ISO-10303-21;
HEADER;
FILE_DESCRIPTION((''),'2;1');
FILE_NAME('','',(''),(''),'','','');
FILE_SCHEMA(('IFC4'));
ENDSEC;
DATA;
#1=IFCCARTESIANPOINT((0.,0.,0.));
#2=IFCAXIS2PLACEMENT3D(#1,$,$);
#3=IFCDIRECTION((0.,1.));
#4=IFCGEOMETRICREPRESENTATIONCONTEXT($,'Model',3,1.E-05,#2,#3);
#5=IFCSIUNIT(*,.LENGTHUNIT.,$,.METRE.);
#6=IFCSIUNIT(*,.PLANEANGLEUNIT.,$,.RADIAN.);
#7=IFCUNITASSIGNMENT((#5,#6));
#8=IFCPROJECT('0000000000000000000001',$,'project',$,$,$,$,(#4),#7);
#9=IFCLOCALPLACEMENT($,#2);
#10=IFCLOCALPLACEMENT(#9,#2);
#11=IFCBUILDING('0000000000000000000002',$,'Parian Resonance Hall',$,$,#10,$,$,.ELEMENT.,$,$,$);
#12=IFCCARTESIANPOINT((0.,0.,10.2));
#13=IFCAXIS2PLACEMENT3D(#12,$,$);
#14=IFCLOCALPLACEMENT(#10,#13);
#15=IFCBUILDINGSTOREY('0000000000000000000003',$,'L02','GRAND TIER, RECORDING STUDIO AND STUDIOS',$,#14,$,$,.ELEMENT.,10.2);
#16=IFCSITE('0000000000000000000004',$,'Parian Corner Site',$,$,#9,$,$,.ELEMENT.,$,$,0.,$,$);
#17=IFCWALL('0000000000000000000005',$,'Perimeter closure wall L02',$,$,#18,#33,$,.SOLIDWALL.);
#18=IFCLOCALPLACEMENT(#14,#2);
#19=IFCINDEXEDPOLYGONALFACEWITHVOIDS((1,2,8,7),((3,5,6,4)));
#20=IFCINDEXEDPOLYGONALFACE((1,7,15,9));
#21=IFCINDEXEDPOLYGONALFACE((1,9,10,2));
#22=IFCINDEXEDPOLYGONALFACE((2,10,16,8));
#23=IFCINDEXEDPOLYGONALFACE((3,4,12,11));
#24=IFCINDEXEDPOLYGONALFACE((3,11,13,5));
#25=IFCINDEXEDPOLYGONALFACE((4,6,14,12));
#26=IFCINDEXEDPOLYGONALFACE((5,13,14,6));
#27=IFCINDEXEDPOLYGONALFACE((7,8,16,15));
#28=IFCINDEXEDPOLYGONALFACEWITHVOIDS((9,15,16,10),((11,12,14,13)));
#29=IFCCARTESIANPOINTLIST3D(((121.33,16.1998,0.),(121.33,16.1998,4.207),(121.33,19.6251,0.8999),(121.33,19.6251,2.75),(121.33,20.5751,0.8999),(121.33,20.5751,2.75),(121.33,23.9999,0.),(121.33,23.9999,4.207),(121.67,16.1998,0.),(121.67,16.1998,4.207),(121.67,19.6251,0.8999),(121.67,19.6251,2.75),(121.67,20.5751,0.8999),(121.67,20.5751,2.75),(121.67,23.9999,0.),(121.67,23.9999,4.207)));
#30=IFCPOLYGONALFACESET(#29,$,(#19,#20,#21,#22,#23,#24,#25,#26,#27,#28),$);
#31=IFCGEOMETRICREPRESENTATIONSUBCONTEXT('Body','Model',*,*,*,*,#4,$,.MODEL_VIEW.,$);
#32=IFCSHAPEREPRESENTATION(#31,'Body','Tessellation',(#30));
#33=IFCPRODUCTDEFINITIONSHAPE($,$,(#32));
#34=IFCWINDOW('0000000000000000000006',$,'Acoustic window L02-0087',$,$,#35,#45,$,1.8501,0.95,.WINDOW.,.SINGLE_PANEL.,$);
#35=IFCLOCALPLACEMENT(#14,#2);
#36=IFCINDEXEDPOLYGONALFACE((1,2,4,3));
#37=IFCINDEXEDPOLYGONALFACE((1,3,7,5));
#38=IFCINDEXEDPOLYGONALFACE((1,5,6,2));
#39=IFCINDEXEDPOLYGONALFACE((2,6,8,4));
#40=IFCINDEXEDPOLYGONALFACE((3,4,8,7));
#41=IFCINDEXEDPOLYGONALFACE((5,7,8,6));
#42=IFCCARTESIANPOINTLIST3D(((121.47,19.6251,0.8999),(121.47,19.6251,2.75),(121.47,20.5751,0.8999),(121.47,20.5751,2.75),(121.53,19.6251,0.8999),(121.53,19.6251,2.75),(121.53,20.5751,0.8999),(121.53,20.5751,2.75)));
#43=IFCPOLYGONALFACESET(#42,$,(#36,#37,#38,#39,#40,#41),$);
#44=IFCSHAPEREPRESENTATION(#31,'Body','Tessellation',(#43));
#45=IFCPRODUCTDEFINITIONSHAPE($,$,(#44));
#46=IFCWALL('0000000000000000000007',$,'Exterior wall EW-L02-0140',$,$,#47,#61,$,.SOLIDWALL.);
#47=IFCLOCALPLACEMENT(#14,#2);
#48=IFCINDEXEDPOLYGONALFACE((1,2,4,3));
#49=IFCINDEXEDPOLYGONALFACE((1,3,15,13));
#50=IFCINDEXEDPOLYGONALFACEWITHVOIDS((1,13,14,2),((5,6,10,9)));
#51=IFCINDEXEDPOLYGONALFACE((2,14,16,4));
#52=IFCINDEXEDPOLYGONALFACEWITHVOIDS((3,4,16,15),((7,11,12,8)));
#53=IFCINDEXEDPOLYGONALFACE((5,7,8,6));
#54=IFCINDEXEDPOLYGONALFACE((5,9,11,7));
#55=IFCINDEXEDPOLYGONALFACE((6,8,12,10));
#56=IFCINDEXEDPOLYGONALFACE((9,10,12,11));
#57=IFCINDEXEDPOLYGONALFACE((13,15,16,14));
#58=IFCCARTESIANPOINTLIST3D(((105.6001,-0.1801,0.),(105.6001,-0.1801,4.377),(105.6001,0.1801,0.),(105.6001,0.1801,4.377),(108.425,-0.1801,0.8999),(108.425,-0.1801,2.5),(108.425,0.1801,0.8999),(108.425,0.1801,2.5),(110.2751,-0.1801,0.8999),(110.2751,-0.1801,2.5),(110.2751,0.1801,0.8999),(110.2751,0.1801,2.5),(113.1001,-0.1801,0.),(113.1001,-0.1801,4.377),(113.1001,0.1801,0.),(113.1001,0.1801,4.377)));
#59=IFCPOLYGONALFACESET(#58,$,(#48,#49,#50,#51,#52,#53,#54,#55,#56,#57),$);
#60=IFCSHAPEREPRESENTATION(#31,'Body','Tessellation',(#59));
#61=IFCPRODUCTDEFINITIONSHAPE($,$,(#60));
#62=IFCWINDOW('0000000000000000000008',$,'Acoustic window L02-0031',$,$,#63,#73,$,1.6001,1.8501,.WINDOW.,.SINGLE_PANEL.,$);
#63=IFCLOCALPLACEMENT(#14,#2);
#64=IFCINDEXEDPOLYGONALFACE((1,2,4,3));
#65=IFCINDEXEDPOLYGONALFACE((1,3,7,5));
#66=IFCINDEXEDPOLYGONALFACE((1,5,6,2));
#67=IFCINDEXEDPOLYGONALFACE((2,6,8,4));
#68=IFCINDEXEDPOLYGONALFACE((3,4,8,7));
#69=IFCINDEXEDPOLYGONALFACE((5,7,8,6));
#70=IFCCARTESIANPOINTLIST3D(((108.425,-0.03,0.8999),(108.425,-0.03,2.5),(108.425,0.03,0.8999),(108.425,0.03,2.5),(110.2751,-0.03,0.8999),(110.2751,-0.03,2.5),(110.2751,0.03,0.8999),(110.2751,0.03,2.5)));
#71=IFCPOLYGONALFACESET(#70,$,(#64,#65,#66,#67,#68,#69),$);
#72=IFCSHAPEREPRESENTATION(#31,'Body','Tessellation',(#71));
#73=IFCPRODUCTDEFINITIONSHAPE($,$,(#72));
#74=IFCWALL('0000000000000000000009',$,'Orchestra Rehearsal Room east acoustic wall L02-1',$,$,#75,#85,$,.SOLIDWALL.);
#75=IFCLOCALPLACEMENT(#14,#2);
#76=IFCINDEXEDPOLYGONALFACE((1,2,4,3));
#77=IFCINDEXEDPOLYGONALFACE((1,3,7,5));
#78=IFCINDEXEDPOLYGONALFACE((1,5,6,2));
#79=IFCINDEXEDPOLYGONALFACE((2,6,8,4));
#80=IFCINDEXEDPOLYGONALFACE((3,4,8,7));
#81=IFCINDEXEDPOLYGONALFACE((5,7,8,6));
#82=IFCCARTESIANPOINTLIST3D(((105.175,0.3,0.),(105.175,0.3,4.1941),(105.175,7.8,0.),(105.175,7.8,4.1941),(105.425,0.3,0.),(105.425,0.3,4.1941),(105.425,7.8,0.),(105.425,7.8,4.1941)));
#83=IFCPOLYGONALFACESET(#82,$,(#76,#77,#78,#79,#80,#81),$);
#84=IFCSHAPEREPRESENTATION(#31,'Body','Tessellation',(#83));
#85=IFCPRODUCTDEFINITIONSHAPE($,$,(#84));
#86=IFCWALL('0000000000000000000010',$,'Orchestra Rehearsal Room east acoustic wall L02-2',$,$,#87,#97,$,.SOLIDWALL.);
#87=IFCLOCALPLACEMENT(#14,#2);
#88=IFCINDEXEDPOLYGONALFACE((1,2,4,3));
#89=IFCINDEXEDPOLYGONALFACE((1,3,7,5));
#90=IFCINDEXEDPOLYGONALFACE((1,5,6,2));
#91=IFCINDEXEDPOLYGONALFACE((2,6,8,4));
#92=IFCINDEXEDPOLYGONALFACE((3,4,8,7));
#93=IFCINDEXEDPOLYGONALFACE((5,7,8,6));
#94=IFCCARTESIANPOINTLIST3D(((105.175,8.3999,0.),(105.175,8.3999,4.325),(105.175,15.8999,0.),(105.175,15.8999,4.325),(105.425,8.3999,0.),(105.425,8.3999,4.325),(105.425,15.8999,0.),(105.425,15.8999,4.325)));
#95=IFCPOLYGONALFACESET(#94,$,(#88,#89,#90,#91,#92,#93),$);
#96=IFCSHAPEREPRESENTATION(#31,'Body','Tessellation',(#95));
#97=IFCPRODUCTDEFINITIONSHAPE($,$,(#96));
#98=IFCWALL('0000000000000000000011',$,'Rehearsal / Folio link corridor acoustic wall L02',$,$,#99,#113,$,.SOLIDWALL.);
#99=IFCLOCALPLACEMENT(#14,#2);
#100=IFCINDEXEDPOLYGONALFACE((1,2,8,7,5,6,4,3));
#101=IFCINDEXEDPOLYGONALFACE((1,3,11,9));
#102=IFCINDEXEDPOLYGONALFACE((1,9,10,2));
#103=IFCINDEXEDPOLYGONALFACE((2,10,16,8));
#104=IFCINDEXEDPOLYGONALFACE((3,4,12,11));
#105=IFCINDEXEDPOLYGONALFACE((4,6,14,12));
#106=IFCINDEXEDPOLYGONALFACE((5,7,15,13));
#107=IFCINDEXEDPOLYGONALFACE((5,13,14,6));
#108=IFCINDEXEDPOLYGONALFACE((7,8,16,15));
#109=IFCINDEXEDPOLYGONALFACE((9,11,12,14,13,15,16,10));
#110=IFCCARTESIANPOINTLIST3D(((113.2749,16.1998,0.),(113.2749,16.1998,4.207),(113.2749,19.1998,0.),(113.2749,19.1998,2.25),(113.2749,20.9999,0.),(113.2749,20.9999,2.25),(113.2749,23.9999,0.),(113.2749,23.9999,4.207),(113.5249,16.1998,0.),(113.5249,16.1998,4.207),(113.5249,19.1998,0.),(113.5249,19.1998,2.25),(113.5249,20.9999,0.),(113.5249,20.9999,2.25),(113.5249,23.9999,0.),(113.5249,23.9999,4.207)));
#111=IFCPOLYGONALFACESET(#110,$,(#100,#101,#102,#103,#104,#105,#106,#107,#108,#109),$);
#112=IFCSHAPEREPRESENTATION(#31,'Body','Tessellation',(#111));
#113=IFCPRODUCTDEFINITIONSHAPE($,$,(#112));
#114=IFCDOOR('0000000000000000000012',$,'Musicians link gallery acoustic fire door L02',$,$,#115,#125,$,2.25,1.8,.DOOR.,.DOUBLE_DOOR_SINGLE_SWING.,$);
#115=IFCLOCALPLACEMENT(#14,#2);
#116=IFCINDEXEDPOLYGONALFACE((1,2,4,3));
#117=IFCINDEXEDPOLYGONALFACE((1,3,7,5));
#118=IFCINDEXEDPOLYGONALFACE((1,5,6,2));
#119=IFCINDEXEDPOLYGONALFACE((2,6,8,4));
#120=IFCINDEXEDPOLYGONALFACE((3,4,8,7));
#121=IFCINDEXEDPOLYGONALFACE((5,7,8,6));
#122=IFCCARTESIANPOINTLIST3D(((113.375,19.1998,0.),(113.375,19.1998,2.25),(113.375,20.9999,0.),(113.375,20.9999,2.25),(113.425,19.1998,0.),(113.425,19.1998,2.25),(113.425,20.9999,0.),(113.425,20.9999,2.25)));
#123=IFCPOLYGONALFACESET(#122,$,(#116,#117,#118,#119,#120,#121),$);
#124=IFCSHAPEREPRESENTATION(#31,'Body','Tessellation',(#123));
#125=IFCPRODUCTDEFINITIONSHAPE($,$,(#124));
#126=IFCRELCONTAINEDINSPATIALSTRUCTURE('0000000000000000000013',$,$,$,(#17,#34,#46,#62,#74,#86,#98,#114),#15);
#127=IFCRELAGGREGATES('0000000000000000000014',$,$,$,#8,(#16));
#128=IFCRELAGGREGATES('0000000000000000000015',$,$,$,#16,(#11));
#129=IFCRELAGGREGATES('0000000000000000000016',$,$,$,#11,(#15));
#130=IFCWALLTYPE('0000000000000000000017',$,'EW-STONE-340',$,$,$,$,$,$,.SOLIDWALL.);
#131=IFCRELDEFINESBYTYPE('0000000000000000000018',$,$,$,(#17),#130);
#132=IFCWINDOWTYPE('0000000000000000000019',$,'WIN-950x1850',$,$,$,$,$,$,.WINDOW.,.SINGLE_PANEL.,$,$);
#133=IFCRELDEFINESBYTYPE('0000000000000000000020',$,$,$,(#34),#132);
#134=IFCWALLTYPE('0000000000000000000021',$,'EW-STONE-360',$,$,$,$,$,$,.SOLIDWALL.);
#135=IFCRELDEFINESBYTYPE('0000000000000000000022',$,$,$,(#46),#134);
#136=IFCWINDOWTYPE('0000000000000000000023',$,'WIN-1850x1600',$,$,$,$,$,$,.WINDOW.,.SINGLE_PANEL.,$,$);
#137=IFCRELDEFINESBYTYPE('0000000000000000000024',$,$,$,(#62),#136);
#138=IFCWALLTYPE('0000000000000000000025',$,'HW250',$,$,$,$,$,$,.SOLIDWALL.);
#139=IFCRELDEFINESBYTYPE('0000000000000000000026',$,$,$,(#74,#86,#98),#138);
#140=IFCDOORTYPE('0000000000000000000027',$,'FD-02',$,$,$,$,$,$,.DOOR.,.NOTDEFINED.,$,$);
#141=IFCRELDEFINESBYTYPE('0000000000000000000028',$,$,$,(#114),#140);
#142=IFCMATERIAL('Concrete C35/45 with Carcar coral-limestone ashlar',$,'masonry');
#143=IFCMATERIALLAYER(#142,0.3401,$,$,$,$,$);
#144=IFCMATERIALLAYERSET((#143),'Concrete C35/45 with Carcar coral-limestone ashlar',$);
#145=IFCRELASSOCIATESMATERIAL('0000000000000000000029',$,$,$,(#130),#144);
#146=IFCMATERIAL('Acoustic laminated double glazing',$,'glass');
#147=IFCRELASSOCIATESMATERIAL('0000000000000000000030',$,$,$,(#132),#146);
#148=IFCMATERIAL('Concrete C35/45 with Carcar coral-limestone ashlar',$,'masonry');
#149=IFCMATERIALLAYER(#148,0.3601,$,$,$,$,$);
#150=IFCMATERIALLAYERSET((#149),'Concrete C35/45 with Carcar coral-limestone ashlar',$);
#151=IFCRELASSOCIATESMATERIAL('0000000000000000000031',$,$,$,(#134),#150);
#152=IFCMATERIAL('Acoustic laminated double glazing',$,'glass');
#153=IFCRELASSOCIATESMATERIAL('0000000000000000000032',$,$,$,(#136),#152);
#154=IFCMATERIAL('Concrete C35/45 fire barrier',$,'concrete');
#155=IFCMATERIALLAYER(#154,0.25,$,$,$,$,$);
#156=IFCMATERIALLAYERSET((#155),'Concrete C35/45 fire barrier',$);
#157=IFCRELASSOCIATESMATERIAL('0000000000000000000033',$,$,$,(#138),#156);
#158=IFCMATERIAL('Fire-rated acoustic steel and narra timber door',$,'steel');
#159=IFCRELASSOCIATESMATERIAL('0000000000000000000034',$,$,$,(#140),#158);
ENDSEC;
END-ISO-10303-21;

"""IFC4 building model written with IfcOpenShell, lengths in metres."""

from ifc_helpers import new_model, si_unit, direction, frame, frame_2d, origin, place, context, subcontext, project, spatial, rectangle, extrude, material, layer, layer_set, type_object, element, fill, save


model = new_model("IFC4")

# Units and contexts
model_context = context("Model", 3, precision=1e-05, world=origin(), true_north=direction((0.0, 1.0)))
body_context = subcontext(model_context, "Body", "Model", "MODEL_VIEW")
ifc_project = project(units=[si_unit("LENGTHUNIT", "METRE"), si_unit("PLANEANGLEUNIT", "RADIAN")], contexts=[model_context])

# Site, building, storey
site_placement = place(None, origin())
site = spatial("IfcSite", under=ifc_project, at=site_placement, Name="Parian Corner Site", CompositionType="ELEMENT", RefElevation=0.0)
building_placement = place(site_placement, origin())
building = spatial("IfcBuilding", under=site, at=building_placement, Name="Parian Resonance Hall", CompositionType="ELEMENT")
storey_placement = place(building_placement, frame((0.0, 0.0, 10.2)))
storey = spatial("IfcBuildingStorey", under=building, at=storey_placement, Name="L02", Description="GRAND TIER, RECORDING STUDIO AND STUDIOS", CompositionType="ELEMENT", Elevation=10.2)

# Walls, openings, windows
ifc_material_1 = material(Name="Concrete C35/45 with Carcar coral-limestone ashlar", Category="masonry")
ifc_layer_1 = layer(ifc_material_1, 0.3401)
ifc_layer_set_1 = layer_set([ifc_layer_1], Name="Concrete C35/45 with Carcar coral-limestone ashlar")
wall_type_1 = type_object("IfcWallType", Name="EW-STONE-340", PredefinedType="SOLIDWALL", material=ifc_layer_set_1)
wall_1_placement = place(storey_placement, frame((121.5, 16.2, 0.0), z_axis=(0.0, 0.0, 1.0), x_axis=(0.0, 1.0, 0.0)))
wall_1 = element("IfcWall", 1, at=wall_1_placement, inside=storey, type_object=wall_type_1, Name="Perimeter closure wall L02", PredefinedType="SOLIDWALL", context=body_context, shape_type="SweptSolid", body=[
    extrude(rectangle(XDim=7.8, YDim=0.3401, at=frame_2d((3.8999, 0.0))), origin(), (0.0, 0.0, 1.0), 4.207),
])
opening_1_placement = place(wall_1_placement, frame((3.425, 0.0, 0.8999)))
opening_1 = element("IfcOpeningElement", 2, at=opening_1_placement, cuts=wall_1, PredefinedType="OPENING", context=body_context, shape_type="SweptSolid", body=[
    extrude(rectangle(XDim=0.95, YDim=1.8501, at=frame_2d((0.4751, 0.925))), frame((0.0, 0.1799, 0.0), z_axis=(0.0, -1.0, 0.0), x_axis=(1.0, 0.0, 0.0)), (0.0, 0.0, 1.0), 0.3601),
])
ifc_material_2 = material(Name="Acoustic laminated double glazing", Category="glass")
window_type_1 = type_object("IfcWindowType", Name="WIN-950x1850", PartitioningType="SINGLE_PANEL", PredefinedType="WINDOW", material=ifc_material_2)
window_1_placement = place(opening_1_placement, origin())
window_1 = element("IfcWindow", 3, at=window_1_placement, inside=storey, type_object=window_type_1, Name="Acoustic window L02-0087", OverallHeight=1.8501, OverallWidth=0.95, PartitioningType="SINGLE_PANEL", PredefinedType="WINDOW", context=body_context, shape_type="SweptSolid", body=[
    extrude(rectangle(XDim=0.95, YDim=1.8501, at=frame_2d((0.4751, 0.925))), frame((0.0, 0.03, 0.0), z_axis=(0.0, -1.0, 0.0), x_axis=(1.0, 0.0, 0.0)), (0.0, 0.0, 1.0), 0.0601),
])
fill(opening_1, window_1)
ifc_material_3 = material(Name="Concrete C35/45 with Carcar coral-limestone ashlar", Category="masonry")
ifc_layer_2 = layer(ifc_material_3, 0.3601)
ifc_layer_set_2 = layer_set([ifc_layer_2], Name="Concrete C35/45 with Carcar coral-limestone ashlar")
wall_type_2 = type_object("IfcWallType", Name="EW-STONE-360", PredefinedType="SOLIDWALL", material=ifc_layer_set_2)
wall_2_placement = place(storey_placement, frame((113.1001, 0.0, 0.0), z_axis=(0.0, 0.0, 1.0), x_axis=(-1.0, 0.0, 0.0)))
wall_2 = element("IfcWall", 4, at=wall_2_placement, inside=storey, type_object=wall_type_2, Name="Exterior wall EW-L02-0140", PredefinedType="SOLIDWALL", context=body_context, shape_type="SweptSolid", body=[
    extrude(rectangle(XDim=7.5, YDim=0.3601, at=frame_2d((3.75, 0.0))), origin(), (0.0, 0.0, 1.0), 4.377),
])
opening_2_placement = place(wall_2_placement, frame((2.825, 0.0, 0.8999)))
opening_2 = element("IfcOpeningElement", 5, at=opening_2_placement, cuts=wall_2, PredefinedType="OPENING", context=body_context, shape_type="SweptSolid", body=[
    extrude(rectangle(XDim=1.8501, YDim=1.6001, at=frame_2d((0.925, 0.8))), frame((0.0, 0.1899, 0.0), z_axis=(0.0, -1.0, 0.0), x_axis=(1.0, 0.0, 0.0)), (0.0, 0.0, 1.0), 0.3801),
])
ifc_material_4 = material(Name="Acoustic laminated double glazing", Category="glass")
window_type_2 = type_object("IfcWindowType", Name="WIN-1850x1600", PartitioningType="SINGLE_PANEL", PredefinedType="WINDOW", material=ifc_material_4)
window_2_placement = place(opening_2_placement, origin())
window_2 = element("IfcWindow", 6, at=window_2_placement, inside=storey, type_object=window_type_2, Name="Acoustic window L02-0031", OverallHeight=1.6001, OverallWidth=1.8501, PartitioningType="SINGLE_PANEL", PredefinedType="WINDOW", context=body_context, shape_type="SweptSolid", body=[
    extrude(rectangle(XDim=1.8501, YDim=1.6001, at=frame_2d((0.925, 0.8))), frame((0.0, 0.03, 0.0), z_axis=(0.0, -1.0, 0.0), x_axis=(1.0, 0.0, 0.0)), (0.0, 0.0, 1.0), 0.0601),
])
fill(opening_2, window_2)

# Walls
ifc_material_5 = material(Name="Concrete C35/45 fire barrier", Category="concrete")
ifc_layer_3 = layer(ifc_material_5, 0.25)
ifc_layer_set_3 = layer_set([ifc_layer_3], Name="Concrete C35/45 fire barrier")
wall_type_3 = type_object("IfcWallType", Name="HW250", PredefinedType="SOLIDWALL", material=ifc_layer_set_3)
wall_3_placement = place(storey_placement, frame((105.3, 0.3, 0.0), z_axis=(0.0, 0.0, 1.0), x_axis=(0.0, 1.0, 0.0)))
element("IfcWall", 7, at=wall_3_placement, inside=storey, type_object=wall_type_3, Name="Orchestra Rehearsal Room east acoustic wall L02-1", PredefinedType="SOLIDWALL", context=body_context, shape_type="SweptSolid", body=[
    extrude(rectangle(XDim=7.5, YDim=0.25, at=frame_2d((3.75, 0.0))), origin(), (0.0, 0.0, 1.0), 4.1941),
])
wall_4_placement = place(storey_placement, frame((105.3, 8.3999, 0.0), z_axis=(0.0, 0.0, 1.0), x_axis=(0.0, 1.0, 0.0)))
element("IfcWall", 8, at=wall_4_placement, inside=storey, type_object=wall_type_3, Name="Orchestra Rehearsal Room east acoustic wall L02-2", PredefinedType="SOLIDWALL", context=body_context, shape_type="SweptSolid", body=[
    extrude(rectangle(XDim=7.5, YDim=0.25, at=frame_2d((3.75, 0.0))), origin(), (0.0, 0.0, 1.0), 4.325),
])

# Wall, opening, door
wall_5_placement = place(storey_placement, frame((113.3999, 16.2, 0.0), z_axis=(0.0, 0.0, 1.0), x_axis=(0.0, 1.0, 0.0)))
wall_5 = element("IfcWall", 9, at=wall_5_placement, inside=storey, type_object=wall_type_3, Name="Rehearsal / Folio link corridor acoustic wall L02", PredefinedType="SOLIDWALL", context=body_context, shape_type="SweptSolid", body=[
    extrude(rectangle(XDim=7.8, YDim=0.25, at=frame_2d((3.8999, 0.0))), origin(), (0.0, 0.0, 1.0), 4.207),
])
opening_3_placement = place(wall_5_placement, frame((3.0, 0.0, 0.0)))
opening_3 = element("IfcOpeningElement", 10, at=opening_3_placement, cuts=wall_5, PredefinedType="OPENING", context=body_context, shape_type="SweptSolid", body=[
    extrude(rectangle(XDim=1.8, YDim=2.25, at=frame_2d((0.8999, 1.125))), frame((0.0, 0.135, 0.0), z_axis=(0.0, -1.0, 0.0), x_axis=(1.0, 0.0, 0.0)), (0.0, 0.0, 1.0), 0.27),
])
ifc_material_6 = material(Name="Fire-rated acoustic steel and narra timber door", Category="steel")
door_type = type_object("IfcDoorType", Name="FD-02", OperationType="NOTDEFINED", PredefinedType="DOOR", material=ifc_material_6)
door_placement = place(opening_3_placement, origin())
door = element("IfcDoor", 11, at=door_placement, inside=storey, type_object=door_type, Name="Musicians link gallery acoustic fire door L02", OperationType="DOUBLE_DOOR_SINGLE_SWING", OverallHeight=2.25, OverallWidth=1.8, PredefinedType="DOOR", context=body_context, shape_type="SweptSolid", body=[
    extrude(rectangle(XDim=1.8, YDim=2.25, at=frame_2d((0.8999, 1.125))), frame((0.0, 0.0249, 0.0), z_axis=(0.0, -1.0, 0.0), x_axis=(1.0, 0.0, 0.0)), (0.0, 0.0, 1.0), 0.05),
])
fill(opening_3, door)

save(model, "model.ifc")
